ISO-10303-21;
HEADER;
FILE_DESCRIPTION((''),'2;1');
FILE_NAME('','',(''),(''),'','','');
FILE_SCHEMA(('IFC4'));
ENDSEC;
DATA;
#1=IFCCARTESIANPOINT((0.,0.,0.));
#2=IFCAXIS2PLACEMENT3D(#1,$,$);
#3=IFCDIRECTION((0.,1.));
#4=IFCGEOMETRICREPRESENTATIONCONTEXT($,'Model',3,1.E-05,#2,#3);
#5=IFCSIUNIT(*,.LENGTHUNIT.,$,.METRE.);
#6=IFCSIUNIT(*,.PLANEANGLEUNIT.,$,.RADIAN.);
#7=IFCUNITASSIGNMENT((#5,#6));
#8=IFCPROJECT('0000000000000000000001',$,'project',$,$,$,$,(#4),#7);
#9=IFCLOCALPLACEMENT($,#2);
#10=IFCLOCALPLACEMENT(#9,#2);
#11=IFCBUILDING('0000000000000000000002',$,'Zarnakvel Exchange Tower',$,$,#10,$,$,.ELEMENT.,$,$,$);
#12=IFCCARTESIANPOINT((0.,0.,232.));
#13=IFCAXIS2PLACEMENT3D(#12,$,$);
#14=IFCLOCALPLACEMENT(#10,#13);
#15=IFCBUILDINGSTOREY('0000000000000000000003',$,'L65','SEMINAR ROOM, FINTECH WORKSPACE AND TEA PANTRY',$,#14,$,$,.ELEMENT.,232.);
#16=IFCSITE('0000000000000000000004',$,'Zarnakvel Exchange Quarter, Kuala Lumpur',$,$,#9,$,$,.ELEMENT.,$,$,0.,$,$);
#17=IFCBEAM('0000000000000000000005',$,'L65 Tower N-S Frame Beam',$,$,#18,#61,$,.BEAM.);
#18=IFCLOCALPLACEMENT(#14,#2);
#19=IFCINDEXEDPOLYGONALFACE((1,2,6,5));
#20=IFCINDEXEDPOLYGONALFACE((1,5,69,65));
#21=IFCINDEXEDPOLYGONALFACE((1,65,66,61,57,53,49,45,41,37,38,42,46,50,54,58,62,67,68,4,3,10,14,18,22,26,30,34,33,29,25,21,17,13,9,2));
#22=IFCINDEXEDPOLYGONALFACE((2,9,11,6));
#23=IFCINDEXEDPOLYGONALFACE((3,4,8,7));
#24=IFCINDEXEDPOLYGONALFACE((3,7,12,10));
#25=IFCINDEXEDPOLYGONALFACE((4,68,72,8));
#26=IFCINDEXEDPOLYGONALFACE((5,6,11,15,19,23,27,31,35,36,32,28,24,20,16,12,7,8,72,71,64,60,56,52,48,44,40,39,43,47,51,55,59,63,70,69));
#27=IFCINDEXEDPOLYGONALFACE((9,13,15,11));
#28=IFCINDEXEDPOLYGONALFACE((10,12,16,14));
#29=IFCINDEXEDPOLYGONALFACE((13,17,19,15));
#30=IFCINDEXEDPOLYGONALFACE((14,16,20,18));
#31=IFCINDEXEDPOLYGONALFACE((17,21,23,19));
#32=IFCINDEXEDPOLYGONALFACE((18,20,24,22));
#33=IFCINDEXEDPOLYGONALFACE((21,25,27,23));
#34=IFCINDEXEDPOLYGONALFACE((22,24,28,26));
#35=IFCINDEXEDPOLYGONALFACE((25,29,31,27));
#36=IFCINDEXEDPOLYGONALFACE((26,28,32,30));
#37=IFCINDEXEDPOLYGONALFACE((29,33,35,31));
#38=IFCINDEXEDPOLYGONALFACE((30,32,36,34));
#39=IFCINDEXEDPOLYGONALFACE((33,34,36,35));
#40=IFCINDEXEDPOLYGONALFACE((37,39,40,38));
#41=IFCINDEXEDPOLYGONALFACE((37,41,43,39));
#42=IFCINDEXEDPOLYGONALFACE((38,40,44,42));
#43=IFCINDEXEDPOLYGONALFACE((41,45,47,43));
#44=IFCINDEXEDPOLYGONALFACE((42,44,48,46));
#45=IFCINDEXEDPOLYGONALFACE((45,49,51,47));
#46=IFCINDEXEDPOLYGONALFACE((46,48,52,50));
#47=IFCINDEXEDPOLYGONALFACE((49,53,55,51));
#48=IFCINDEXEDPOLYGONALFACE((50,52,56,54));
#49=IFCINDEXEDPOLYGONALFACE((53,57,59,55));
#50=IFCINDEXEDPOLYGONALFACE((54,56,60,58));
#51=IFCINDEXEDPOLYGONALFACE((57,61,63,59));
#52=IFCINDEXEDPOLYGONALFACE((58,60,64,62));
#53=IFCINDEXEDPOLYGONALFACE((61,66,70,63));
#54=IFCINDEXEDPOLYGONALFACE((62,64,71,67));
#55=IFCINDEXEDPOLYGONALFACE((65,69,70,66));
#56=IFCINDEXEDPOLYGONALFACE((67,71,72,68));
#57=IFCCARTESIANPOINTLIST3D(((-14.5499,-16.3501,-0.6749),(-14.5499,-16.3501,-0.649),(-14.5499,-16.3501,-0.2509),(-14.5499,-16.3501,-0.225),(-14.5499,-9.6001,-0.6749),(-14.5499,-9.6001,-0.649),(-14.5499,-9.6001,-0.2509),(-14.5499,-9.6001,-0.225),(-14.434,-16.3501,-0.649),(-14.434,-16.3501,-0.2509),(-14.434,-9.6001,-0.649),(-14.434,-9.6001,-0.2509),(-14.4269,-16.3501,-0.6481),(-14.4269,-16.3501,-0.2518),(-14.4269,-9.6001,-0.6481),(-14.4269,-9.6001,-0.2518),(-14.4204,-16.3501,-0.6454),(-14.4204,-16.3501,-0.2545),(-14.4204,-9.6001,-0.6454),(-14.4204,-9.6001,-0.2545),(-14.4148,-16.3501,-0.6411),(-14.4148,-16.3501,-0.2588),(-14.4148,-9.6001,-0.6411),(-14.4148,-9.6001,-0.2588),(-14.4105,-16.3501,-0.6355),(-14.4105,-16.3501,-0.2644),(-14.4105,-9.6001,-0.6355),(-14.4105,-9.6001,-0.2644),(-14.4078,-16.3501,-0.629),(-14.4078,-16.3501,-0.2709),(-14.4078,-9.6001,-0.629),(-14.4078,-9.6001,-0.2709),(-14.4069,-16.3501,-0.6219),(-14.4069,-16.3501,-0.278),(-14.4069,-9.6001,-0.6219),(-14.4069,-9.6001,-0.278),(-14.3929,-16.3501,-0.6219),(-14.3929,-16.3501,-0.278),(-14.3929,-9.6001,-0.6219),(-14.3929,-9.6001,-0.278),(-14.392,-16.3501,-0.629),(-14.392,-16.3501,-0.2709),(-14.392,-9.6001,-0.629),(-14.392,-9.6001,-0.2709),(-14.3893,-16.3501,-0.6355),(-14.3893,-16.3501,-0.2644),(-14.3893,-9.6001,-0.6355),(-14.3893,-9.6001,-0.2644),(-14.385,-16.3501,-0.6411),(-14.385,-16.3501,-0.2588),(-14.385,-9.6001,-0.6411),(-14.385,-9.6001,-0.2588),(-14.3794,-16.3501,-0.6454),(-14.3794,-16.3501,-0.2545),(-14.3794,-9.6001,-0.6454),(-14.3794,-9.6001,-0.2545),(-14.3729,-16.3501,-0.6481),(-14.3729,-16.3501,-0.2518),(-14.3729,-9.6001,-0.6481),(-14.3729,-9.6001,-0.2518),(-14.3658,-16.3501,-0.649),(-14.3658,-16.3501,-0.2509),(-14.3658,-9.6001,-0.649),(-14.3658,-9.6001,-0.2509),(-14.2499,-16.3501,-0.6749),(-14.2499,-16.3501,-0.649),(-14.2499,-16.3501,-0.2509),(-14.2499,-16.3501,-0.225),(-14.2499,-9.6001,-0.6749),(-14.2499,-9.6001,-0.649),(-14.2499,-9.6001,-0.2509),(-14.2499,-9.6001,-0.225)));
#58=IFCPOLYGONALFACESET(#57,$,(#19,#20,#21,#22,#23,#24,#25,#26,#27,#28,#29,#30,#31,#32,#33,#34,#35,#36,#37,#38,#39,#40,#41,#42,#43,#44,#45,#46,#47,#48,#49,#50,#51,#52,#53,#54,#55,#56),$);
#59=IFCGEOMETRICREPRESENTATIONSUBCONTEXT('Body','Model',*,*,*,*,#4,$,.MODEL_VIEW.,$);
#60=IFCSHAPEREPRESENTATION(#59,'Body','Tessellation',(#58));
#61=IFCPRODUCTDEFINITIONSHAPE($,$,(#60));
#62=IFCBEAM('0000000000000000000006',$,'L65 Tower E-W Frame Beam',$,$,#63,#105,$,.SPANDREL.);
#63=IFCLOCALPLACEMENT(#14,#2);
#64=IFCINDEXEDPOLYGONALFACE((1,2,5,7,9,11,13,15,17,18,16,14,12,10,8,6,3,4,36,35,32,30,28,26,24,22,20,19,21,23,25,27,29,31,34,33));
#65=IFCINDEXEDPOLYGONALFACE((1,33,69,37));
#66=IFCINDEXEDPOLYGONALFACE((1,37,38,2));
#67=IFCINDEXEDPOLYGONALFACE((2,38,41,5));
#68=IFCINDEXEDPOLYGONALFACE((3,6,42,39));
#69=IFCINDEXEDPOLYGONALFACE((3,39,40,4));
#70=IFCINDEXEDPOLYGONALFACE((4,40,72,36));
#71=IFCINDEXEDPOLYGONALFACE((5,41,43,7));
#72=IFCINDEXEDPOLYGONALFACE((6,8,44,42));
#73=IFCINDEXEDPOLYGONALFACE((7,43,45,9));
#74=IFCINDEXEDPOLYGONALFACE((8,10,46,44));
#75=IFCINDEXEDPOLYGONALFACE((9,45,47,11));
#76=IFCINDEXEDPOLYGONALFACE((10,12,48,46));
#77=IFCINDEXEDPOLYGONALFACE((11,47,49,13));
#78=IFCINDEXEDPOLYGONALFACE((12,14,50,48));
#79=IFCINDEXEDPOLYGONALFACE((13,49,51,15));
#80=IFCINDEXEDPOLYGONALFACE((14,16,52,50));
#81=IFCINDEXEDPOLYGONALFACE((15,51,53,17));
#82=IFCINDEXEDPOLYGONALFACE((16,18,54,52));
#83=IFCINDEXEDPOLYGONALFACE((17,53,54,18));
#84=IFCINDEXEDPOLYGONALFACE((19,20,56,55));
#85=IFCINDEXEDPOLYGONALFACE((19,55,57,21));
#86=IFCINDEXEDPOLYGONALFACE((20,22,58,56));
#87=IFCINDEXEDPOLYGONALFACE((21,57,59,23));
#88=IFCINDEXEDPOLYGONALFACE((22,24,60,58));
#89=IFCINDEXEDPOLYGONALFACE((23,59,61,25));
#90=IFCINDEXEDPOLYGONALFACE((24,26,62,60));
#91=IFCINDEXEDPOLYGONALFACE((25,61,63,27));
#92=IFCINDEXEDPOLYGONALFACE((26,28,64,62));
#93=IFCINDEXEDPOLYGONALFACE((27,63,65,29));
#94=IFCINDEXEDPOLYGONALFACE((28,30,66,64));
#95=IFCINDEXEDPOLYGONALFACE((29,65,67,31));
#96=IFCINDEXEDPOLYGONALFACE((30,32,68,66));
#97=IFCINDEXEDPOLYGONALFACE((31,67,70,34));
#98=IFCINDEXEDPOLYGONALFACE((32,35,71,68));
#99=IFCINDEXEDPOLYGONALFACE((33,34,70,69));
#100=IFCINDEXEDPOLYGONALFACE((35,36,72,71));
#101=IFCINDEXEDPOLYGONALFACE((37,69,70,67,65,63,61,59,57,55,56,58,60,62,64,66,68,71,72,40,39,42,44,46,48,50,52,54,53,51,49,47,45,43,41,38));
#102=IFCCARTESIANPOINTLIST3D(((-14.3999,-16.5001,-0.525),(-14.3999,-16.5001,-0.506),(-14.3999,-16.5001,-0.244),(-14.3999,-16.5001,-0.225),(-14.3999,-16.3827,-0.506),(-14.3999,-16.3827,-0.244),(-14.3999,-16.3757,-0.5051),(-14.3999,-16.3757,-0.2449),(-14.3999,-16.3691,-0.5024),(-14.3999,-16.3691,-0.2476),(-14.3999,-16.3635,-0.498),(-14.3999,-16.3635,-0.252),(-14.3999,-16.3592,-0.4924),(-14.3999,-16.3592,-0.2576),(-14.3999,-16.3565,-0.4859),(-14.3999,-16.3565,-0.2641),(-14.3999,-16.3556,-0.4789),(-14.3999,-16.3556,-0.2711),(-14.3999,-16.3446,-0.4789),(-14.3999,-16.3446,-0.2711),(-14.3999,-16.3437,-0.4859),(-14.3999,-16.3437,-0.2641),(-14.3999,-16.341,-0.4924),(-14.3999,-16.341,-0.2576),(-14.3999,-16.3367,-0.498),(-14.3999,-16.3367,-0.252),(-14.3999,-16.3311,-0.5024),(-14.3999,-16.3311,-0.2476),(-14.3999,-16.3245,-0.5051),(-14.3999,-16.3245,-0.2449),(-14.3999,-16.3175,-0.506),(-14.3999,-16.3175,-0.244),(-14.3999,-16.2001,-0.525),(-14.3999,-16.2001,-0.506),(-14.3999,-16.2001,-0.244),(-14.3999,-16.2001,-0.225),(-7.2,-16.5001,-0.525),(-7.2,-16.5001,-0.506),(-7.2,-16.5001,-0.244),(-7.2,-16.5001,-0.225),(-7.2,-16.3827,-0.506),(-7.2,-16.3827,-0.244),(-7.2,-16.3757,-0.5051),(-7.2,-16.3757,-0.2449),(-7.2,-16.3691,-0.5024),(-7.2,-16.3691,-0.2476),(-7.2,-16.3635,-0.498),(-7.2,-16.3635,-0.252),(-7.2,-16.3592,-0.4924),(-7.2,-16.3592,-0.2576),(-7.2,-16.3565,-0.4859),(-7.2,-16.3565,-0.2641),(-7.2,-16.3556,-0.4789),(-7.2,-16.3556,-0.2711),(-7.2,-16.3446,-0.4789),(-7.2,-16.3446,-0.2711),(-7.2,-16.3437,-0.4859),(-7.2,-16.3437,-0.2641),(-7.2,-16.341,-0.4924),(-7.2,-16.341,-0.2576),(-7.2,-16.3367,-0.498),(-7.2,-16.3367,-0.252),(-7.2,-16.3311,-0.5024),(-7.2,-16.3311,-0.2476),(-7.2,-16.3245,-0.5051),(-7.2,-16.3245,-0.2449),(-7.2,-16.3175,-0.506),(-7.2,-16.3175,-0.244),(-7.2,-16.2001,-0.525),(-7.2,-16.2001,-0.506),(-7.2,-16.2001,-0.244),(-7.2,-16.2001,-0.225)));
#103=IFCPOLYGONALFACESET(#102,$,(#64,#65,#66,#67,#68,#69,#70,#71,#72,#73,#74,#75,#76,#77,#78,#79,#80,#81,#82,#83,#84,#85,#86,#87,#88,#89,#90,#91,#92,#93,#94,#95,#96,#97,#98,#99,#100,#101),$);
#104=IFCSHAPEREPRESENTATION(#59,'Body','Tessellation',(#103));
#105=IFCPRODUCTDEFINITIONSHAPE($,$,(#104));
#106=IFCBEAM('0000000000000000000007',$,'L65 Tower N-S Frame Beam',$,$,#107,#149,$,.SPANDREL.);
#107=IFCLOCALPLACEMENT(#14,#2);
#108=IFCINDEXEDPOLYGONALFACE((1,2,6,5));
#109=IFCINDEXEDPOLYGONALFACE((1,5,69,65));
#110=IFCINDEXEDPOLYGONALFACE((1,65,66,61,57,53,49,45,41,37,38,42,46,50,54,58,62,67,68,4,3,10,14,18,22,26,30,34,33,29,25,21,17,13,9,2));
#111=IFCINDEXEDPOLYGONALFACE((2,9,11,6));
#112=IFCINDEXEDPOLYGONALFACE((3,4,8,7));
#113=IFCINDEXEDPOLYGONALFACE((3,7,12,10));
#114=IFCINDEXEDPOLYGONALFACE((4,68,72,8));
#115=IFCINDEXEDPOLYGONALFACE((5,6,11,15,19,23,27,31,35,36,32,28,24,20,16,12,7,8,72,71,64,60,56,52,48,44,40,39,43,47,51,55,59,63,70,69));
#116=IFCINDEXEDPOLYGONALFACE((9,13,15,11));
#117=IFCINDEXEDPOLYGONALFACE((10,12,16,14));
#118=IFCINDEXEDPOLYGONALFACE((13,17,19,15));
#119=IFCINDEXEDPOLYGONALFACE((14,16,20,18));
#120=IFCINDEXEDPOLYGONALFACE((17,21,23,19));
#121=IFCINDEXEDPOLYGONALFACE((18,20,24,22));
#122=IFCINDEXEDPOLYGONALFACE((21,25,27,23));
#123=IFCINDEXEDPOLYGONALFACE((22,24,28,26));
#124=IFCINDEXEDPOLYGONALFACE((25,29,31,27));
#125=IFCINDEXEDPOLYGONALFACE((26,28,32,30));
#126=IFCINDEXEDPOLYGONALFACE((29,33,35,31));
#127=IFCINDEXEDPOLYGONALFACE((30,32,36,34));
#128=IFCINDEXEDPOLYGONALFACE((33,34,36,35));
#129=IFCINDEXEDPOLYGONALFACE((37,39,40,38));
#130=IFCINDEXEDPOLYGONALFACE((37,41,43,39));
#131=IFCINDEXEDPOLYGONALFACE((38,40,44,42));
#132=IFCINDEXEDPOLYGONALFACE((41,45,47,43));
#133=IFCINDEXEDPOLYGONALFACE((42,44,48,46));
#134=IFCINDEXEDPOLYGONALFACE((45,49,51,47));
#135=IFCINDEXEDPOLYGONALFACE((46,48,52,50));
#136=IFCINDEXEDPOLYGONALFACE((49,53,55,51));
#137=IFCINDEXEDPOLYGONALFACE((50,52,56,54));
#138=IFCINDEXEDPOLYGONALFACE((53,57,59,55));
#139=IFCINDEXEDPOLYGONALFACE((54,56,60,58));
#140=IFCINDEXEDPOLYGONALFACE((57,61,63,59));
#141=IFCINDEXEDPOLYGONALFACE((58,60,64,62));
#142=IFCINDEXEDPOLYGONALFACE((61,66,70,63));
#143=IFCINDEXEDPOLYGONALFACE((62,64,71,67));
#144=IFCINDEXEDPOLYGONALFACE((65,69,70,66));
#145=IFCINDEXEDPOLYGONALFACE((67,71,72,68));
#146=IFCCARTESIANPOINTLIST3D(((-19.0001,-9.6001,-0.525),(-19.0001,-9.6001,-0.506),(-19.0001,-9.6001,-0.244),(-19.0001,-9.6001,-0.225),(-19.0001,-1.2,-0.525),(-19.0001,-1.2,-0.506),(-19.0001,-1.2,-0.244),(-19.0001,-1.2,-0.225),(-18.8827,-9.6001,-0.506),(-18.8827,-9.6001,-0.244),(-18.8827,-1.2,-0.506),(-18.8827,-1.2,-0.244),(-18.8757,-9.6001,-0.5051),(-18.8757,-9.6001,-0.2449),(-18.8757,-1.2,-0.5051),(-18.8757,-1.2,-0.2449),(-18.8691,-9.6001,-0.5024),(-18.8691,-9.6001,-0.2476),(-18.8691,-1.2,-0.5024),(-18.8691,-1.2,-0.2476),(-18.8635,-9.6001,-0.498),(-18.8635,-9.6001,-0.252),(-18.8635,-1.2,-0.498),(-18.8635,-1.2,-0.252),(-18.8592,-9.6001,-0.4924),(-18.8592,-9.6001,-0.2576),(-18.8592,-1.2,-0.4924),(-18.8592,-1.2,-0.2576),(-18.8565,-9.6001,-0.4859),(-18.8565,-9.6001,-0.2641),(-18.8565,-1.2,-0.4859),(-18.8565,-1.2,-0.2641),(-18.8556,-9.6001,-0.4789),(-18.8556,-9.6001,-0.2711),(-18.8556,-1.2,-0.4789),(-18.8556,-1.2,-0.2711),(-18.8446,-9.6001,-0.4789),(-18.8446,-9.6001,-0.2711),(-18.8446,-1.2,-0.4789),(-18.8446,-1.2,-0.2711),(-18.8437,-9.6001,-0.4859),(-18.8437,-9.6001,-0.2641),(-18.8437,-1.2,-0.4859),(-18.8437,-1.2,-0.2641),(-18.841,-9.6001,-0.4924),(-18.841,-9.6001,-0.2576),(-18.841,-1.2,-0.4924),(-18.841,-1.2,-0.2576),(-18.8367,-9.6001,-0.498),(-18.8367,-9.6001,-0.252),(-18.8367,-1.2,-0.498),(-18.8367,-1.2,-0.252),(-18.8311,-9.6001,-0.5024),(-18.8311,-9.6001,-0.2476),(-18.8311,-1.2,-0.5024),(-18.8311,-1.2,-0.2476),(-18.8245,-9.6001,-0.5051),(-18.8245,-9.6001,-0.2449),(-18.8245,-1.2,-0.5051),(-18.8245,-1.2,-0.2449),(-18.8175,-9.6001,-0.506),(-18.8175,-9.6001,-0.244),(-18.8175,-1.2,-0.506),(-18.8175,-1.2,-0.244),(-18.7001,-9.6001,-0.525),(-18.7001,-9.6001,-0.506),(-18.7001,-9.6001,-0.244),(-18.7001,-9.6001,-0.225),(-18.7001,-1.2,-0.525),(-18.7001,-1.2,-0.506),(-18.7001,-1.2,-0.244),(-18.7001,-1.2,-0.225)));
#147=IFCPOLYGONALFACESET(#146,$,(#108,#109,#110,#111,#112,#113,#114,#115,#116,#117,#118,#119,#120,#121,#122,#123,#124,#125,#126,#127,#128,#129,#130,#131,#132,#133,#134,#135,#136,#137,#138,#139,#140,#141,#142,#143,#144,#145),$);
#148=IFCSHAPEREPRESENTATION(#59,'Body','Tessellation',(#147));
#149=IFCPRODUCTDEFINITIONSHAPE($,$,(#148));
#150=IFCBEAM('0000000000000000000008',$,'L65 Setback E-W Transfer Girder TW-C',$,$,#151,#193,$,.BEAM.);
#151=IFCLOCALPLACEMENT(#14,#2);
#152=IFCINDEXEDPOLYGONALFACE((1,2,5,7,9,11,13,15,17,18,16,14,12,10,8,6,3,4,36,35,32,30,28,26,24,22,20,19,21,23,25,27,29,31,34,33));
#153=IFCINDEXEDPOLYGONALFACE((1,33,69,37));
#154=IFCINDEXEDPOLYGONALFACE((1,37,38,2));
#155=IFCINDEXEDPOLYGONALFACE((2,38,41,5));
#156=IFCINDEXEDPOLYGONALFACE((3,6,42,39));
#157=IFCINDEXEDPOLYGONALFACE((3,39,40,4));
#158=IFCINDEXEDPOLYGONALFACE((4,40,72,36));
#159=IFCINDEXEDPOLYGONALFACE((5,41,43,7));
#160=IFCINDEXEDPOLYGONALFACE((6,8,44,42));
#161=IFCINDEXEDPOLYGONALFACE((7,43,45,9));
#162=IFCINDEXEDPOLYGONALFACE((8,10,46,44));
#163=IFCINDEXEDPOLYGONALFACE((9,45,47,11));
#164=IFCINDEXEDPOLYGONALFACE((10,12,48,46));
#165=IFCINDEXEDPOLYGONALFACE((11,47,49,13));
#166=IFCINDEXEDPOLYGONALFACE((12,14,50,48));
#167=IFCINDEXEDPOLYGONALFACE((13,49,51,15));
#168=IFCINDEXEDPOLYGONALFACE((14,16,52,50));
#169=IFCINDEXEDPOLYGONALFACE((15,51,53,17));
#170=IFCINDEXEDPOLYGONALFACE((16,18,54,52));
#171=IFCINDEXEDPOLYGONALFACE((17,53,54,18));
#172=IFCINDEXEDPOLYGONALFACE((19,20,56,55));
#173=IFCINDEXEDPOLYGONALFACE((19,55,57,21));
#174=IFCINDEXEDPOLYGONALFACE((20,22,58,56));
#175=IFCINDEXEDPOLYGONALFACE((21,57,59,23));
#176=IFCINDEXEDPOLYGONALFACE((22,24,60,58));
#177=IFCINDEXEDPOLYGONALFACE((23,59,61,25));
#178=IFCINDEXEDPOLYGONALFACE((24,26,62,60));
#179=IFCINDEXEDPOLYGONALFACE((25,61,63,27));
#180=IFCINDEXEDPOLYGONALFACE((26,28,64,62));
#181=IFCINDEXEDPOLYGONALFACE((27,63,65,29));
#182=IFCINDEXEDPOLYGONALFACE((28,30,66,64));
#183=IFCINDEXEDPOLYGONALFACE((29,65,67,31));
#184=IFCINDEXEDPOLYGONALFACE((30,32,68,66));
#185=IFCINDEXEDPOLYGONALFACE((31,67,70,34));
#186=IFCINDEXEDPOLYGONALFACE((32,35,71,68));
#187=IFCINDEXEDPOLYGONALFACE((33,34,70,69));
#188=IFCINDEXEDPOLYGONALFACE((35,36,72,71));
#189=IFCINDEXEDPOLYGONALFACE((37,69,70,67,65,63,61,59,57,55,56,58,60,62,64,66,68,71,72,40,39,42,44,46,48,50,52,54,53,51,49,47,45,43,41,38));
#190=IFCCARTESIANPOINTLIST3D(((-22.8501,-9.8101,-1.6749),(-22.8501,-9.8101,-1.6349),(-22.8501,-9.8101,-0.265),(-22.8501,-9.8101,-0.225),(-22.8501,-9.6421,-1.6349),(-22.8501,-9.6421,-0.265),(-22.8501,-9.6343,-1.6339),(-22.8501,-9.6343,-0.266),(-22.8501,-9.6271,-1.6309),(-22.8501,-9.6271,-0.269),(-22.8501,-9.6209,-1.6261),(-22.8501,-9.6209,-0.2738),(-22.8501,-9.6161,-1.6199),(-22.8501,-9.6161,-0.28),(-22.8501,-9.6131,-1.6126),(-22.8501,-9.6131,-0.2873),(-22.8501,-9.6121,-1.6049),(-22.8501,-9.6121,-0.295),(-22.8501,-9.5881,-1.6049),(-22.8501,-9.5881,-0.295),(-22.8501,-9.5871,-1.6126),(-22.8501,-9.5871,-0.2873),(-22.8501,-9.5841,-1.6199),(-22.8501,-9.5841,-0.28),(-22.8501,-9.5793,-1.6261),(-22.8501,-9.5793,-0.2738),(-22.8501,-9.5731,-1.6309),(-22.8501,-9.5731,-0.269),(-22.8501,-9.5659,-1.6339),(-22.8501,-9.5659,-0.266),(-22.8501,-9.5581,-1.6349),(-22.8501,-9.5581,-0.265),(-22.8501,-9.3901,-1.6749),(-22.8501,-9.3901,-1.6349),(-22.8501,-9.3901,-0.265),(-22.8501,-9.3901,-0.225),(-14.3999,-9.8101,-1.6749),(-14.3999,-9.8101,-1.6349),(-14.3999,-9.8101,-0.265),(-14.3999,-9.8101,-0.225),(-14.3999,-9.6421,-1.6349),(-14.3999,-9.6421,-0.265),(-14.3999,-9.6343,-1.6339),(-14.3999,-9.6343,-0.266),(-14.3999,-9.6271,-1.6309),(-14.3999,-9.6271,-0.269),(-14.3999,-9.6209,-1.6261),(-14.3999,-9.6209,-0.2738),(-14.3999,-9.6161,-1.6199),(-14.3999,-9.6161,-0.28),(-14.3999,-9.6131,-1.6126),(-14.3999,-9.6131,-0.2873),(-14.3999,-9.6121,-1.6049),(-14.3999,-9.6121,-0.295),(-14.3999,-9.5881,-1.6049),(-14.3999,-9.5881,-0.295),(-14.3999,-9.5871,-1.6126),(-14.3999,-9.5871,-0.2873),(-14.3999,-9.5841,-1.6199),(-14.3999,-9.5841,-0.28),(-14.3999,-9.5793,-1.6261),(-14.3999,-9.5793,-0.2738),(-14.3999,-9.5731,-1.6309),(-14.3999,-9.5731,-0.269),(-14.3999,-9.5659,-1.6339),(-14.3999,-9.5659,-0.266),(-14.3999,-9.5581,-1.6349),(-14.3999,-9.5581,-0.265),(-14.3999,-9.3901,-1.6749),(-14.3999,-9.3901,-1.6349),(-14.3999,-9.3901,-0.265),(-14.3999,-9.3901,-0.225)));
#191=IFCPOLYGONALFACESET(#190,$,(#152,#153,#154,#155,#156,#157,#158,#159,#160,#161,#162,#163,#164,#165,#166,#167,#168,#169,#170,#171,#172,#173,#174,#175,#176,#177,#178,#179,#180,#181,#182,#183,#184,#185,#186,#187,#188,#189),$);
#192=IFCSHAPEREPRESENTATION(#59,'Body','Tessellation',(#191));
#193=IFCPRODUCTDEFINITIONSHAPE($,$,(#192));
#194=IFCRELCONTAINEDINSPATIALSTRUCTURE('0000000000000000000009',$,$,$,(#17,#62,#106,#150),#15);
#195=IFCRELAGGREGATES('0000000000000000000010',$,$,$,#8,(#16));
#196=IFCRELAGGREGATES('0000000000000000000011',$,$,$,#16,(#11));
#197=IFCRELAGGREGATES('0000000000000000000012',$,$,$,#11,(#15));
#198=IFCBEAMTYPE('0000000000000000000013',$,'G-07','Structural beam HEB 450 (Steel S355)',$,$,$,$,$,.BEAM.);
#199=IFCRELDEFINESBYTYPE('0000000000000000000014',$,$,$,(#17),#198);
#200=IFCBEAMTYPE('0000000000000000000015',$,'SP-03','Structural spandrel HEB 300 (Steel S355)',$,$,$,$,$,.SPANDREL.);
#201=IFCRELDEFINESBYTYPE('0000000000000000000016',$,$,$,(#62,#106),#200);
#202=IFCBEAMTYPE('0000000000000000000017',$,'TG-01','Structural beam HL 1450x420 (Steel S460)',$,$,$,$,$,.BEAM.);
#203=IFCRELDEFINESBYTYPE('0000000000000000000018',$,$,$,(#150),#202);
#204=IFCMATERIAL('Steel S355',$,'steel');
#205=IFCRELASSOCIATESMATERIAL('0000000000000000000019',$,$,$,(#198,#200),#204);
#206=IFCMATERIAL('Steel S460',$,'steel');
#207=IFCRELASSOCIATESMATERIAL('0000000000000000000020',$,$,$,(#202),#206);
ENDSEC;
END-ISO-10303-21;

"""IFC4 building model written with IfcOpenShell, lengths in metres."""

from ifc_helpers import new_model, si_unit, direction, frame, origin, origin_2d, place, context, subcontext, project, spatial, i_section, extrude, material, material_profile, profile_set, type_object, element, save


model = new_model("IFC4")

# Units and contexts
model_context = context("Model", 3, precision=1e-05, world=origin(), true_north=direction((0.0, 1.0)))
body_context = subcontext(model_context, "Body", "Model", "MODEL_VIEW")
ifc_project = project(units=[si_unit("LENGTHUNIT", "METRE"), si_unit("PLANEANGLEUNIT", "RADIAN")], contexts=[model_context])

# Site, building, storey
site_placement = place(None, origin())
site = spatial("IfcSite", under=ifc_project, at=site_placement, Name="Zarnakvel Exchange Quarter, Kuala Lumpur", CompositionType="ELEMENT", RefElevation=0.0)
building_placement = place(site_placement, origin())
building = spatial("IfcBuilding", under=site, at=building_placement, Name="Zarnakvel Exchange Tower", CompositionType="ELEMENT")
storey_placement = place(building_placement, frame((0.0, 0.0, 232.0)))
storey = spatial("IfcBuildingStorey", under=building, at=storey_placement, Name="L65", Description="SEMINAR ROOM, FINTECH WORKSPACE AND TEA PANTRY", CompositionType="ELEMENT", Elevation=232.0)

# Shared definitions
ifc_material_1 = material(Name="Steel S355", Category="steel")

# Beams
ifc_material_profile_1 = material_profile(ifc_material_1, i_section(OverallWidth=0.3, OverallDepth=0.45, WebThickness=0.0139, FlangeThickness=0.0259, FilletRadius=0.0271, at=origin_2d()))
ifc_profile_set_1 = profile_set([ifc_material_profile_1], Name="Steel S355")
beam_type_1 = type_object("IfcBeamType", Name="G-07", Description="Structural beam HEB 450 (Steel S355)", PredefinedType="BEAM", material=ifc_profile_set_1)
beam_1_placement = place(storey_placement, frame((-14.3999, -16.3501, -0.45), z_axis=(0.0, 1.0, 0.0), x_axis=(-1.0, 0.0, 0.0)))
element("IfcBeam", 1, at=beam_1_placement, inside=storey, type_object=beam_type_1, Name="L65 Tower N-S Frame Beam", PredefinedType="BEAM", context=body_context, shape_type="SweptSolid", body=[
    extrude(i_section(OverallWidth=0.3, OverallDepth=0.45, WebThickness=0.0139, FlangeThickness=0.0259, FilletRadius=0.0271, at=origin_2d()), origin(), (0.0, 0.0, 1.0), 6.75),
])
ifc_material_profile_2 = material_profile(ifc_material_1, i_section(OverallWidth=0.3, OverallDepth=0.3, WebThickness=0.011, FlangeThickness=0.019, FilletRadius=0.0271, at=origin_2d()))
ifc_profile_set_2 = profile_set([ifc_material_profile_2], Name="Steel S355")
beam_type_2 = type_object("IfcBeamType", Name="SP-03", Description="Structural spandrel HEB 300 (Steel S355)", PredefinedType="SPANDREL", material=ifc_profile_set_2)
beam_2_placement = place(storey_placement, frame((-14.3999, -16.3501, -0.375), z_axis=(1.0, 0.0, 0.0), x_axis=(0.0, 1.0, 0.0)))
element("IfcBeam", 2, at=beam_2_placement, inside=storey, type_object=beam_type_2, Name="L65 Tower E-W Frame Beam", PredefinedType="SPANDREL", context=body_context, shape_type="SweptSolid", body=[
    extrude(i_section(OverallWidth=0.3, OverallDepth=0.3, WebThickness=0.011, FlangeThickness=0.019, FilletRadius=0.0271, at=origin_2d()), origin(), (0.0, 0.0, 1.0), 7.2),
])
beam_3_placement = place(storey_placement, frame((-18.8501, -9.6001, -0.375), z_axis=(0.0, 1.0, 0.0), x_axis=(-1.0, 0.0, 0.0)))
element("IfcBeam", 3, at=beam_3_placement, inside=storey, type_object=beam_type_2, Name="L65 Tower N-S Frame Beam", PredefinedType="SPANDREL", context=body_context, shape_type="SweptSolid", body=[
    extrude(i_section(OverallWidth=0.3, OverallDepth=0.3, WebThickness=0.011, FlangeThickness=0.019, FilletRadius=0.0271, at=origin_2d()), origin(), (0.0, 0.0, 1.0), 8.4001),
])
ifc_material_2 = material(Name="Steel S460", Category="steel")
ifc_material_profile_3 = material_profile(ifc_material_2, i_section(OverallWidth=0.4199, OverallDepth=1.45, WebThickness=0.0239, FlangeThickness=0.04, FilletRadius=0.03, at=origin_2d()))
ifc_profile_set_3 = profile_set([ifc_material_profile_3], Name="Steel S460")
beam_type_3 = type_object("IfcBeamType", Name="TG-01", Description="Structural beam HL 1450x420 (Steel S460)", PredefinedType="BEAM", material=ifc_profile_set_3)
beam_4_placement = place(storey_placement, frame((-22.8501, -9.6001, -0.95), z_axis=(1.0, 0.0, 0.0), x_axis=(0.0, 1.0, 0.0)))
element("IfcBeam", 4, at=beam_4_placement, inside=storey, type_object=beam_type_3, Name="L65 Setback E-W Transfer Girder TW-C", PredefinedType="BEAM", context=body_context, shape_type="SweptSolid", body=[
    extrude(i_section(OverallWidth=0.4199, OverallDepth=1.45, WebThickness=0.0239, FlangeThickness=0.04, FilletRadius=0.03, at=origin_2d()), origin(), (0.0, 0.0, 1.0), 8.4502),
])

save(model, "model.ifc")
